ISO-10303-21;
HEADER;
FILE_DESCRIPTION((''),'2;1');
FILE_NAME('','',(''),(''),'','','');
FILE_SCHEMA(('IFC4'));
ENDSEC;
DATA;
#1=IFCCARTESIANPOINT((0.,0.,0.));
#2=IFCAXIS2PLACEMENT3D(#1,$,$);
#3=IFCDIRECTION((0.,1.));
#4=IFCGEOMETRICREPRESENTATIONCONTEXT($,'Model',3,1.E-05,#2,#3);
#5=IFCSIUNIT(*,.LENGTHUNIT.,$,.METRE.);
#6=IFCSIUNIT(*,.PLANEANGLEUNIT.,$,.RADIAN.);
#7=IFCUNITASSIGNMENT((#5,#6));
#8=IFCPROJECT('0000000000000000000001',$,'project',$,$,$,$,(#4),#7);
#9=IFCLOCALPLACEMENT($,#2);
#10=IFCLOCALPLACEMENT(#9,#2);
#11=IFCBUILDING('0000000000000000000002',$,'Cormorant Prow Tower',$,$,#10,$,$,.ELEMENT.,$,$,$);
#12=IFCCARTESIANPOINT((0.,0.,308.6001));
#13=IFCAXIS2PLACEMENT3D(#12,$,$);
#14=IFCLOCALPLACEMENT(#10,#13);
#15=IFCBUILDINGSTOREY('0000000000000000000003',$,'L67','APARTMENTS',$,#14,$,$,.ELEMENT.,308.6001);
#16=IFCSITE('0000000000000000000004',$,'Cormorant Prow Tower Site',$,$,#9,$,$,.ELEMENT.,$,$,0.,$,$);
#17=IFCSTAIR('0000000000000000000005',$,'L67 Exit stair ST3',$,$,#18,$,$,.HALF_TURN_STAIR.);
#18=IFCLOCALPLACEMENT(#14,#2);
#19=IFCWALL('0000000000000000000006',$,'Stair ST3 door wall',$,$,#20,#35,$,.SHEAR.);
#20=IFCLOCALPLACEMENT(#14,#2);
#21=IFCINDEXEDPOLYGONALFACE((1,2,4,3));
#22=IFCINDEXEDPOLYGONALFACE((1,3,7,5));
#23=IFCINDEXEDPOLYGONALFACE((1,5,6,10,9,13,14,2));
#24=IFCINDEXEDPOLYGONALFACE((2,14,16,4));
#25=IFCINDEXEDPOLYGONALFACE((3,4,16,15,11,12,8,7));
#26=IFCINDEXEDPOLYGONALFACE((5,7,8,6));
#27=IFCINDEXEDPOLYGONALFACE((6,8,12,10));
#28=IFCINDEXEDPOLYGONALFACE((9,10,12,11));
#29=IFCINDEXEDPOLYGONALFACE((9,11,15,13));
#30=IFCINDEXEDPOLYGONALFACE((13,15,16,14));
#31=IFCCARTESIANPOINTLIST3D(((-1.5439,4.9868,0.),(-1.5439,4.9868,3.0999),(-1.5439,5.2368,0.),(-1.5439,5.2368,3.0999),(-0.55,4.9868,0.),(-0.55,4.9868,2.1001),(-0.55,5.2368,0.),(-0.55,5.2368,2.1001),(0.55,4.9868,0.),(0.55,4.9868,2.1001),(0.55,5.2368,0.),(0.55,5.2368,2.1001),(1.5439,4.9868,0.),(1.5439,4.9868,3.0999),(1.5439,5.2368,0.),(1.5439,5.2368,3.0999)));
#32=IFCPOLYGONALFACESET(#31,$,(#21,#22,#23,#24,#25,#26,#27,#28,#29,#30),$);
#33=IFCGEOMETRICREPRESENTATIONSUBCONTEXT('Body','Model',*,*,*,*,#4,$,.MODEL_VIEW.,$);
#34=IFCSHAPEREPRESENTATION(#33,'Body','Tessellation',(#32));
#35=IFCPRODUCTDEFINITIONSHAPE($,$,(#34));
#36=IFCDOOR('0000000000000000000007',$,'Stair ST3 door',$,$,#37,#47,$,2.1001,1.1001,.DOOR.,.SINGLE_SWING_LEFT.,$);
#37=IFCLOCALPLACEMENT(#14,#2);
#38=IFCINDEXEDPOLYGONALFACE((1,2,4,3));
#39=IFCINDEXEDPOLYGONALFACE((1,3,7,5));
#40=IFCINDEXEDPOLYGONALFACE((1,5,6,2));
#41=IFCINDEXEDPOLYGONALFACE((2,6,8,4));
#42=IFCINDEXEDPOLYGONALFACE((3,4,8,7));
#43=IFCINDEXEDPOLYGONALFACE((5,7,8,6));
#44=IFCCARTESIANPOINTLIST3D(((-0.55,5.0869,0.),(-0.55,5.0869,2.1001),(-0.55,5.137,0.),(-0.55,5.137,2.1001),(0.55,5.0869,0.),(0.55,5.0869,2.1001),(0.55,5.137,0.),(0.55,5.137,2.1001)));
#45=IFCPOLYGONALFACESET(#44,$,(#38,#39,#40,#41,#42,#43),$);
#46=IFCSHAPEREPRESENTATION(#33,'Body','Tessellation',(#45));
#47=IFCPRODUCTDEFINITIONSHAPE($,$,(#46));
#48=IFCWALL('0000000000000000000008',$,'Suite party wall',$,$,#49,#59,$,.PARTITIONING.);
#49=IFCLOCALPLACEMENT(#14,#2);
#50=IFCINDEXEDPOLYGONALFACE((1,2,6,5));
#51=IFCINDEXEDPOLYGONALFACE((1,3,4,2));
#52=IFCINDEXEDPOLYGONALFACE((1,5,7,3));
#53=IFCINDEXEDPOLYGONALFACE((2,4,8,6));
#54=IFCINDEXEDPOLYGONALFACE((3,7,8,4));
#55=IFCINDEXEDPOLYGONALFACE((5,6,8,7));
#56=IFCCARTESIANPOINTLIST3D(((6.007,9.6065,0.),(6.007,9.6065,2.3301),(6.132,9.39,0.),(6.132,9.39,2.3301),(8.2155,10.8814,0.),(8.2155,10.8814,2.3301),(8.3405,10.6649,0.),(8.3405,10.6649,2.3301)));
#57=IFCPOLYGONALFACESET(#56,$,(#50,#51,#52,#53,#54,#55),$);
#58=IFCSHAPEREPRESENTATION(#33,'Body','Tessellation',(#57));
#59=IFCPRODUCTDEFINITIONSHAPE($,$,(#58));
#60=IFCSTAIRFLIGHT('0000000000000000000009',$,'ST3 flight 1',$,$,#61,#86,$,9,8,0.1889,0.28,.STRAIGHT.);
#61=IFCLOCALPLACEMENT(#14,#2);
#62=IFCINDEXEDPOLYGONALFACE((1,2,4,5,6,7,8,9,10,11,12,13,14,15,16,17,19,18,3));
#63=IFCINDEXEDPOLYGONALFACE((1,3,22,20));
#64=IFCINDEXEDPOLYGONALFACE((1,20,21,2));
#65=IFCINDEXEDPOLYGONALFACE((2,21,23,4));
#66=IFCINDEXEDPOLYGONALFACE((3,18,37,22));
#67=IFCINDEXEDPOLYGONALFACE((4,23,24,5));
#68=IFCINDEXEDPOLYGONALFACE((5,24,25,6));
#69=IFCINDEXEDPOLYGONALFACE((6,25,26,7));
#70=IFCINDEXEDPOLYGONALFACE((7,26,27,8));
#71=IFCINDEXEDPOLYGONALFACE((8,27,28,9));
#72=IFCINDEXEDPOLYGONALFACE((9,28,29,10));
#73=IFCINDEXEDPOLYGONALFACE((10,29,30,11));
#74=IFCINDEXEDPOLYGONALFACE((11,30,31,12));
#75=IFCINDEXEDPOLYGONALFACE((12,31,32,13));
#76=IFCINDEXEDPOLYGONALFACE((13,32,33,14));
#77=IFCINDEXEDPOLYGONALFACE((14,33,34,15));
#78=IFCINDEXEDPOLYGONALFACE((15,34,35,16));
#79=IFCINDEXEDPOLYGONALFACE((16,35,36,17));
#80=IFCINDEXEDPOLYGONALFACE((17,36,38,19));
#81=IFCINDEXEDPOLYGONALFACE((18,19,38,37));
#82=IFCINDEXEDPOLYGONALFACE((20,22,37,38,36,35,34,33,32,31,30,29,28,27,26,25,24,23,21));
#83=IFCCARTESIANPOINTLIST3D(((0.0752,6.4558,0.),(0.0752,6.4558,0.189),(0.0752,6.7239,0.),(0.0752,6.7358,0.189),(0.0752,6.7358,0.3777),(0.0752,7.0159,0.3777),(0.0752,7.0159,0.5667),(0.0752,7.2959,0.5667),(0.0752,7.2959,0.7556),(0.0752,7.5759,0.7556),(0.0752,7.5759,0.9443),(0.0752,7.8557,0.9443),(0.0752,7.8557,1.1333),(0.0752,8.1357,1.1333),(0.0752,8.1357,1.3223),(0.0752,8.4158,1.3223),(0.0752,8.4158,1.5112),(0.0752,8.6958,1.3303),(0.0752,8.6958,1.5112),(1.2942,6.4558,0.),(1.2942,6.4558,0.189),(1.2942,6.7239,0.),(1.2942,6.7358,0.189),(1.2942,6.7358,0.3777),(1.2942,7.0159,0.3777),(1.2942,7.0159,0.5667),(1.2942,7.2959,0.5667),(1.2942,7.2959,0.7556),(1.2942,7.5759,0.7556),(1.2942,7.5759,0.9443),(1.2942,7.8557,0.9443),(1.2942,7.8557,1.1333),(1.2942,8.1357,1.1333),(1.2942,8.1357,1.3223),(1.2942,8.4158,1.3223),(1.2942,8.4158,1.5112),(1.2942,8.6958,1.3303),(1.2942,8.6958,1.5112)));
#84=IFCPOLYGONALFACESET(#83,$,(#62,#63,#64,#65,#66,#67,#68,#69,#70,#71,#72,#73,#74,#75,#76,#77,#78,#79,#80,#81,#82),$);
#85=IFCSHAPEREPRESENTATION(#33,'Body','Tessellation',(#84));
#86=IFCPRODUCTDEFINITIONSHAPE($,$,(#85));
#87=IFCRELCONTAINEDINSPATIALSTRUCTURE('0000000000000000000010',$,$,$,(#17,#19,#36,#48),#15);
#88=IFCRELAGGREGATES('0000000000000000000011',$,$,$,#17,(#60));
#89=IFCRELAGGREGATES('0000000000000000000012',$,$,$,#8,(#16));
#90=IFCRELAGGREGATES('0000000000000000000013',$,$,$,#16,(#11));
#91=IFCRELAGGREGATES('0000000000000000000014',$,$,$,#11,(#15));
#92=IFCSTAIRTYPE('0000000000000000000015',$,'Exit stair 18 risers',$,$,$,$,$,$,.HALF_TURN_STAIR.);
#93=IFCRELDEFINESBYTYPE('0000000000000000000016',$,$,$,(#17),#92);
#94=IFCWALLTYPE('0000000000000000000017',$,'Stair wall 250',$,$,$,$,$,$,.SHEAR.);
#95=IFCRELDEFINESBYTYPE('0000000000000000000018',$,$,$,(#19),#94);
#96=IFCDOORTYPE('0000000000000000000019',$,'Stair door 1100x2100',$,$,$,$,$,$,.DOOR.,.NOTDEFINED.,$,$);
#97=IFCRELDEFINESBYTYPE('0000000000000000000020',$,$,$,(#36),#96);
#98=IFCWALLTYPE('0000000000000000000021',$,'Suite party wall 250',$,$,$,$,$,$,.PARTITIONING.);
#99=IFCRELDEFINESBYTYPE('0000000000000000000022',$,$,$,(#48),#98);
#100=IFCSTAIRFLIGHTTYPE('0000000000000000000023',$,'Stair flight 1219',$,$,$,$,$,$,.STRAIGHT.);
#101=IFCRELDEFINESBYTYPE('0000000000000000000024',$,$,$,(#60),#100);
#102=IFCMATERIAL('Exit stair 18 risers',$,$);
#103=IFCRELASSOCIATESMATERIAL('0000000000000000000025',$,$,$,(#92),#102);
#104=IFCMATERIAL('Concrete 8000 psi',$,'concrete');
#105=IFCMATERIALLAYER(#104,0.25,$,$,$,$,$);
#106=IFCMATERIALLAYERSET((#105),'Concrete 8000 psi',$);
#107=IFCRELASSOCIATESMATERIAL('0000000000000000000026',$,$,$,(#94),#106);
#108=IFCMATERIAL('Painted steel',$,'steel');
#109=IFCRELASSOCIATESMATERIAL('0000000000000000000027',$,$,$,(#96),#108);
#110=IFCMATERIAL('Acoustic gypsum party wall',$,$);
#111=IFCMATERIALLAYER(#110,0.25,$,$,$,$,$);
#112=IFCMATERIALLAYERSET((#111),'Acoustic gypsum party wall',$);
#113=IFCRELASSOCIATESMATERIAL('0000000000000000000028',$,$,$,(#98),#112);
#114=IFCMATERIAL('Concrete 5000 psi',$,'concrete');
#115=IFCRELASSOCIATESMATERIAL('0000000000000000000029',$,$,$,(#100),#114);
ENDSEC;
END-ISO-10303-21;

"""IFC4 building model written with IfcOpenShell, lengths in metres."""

from ifc_helpers import new_model, si_unit, direction, frame, frame_2d, origin, place, context, subcontext, project, spatial, polyline, rectangle, outline, extrude, material, layer, layer_set, type_object, element, fill, aggregate, save


model = new_model("IFC4")

# Units and contexts
model_context = context("Model", 3, precision=1e-05, world=origin(), true_north=direction((0.0, 1.0)))
body_context = subcontext(model_context, "Body", "Model", "MODEL_VIEW")
ifc_project = project(units=[si_unit("LENGTHUNIT", "METRE"), si_unit("PLANEANGLEUNIT", "RADIAN")], contexts=[model_context])

# Site, building, storey
site_placement = place(None, origin())
site = spatial("IfcSite", under=ifc_project, at=site_placement, Name="Cormorant Prow Tower Site", CompositionType="ELEMENT", RefElevation=0.0)
building_placement = place(site_placement, origin())
building = spatial("IfcBuilding", under=site, at=building_placement, Name="Cormorant Prow Tower", CompositionType="ELEMENT")
storey_placement = place(building_placement, frame((0.0, 0.0, 308.6001)))
storey = spatial("IfcBuildingStorey", under=building, at=storey_placement, Name="L67", Description="APARTMENTS", CompositionType="ELEMENT", Elevation=308.6001)

# Stair
ifc_material_1 = material(Name="Exit stair 18 risers")
stair_type = type_object("IfcStairType", Name="Exit stair 18 risers", PredefinedType="HALF_TURN_STAIR", material=ifc_material_1)
stair_1_placement = place(storey_placement, origin())
stair_1 = element("IfcStair", 1, at=stair_1_placement, inside=storey, type_object=stair_type, Name="L67 Exit stair ST3", PredefinedType="HALF_TURN_STAIR")

# Wall, opening, door
ifc_material_2 = material(Name="Concrete 8000 psi", Category="concrete")
ifc_layer_1 = layer(ifc_material_2, 0.25)
ifc_layer_set_1 = layer_set([ifc_layer_1], Name="Concrete 8000 psi")
wall_type_1 = type_object("IfcWallType", Name="Stair wall 250", PredefinedType="SHEAR", material=ifc_layer_set_1)
wall_1_placement = place(storey_placement, frame((1.5439, 5.1118, 0.0), z_axis=(0.0, 0.0, 1.0), x_axis=(-1.0, 0.0, 0.0)))
wall_1 = element("IfcWall", 2, at=wall_1_placement, inside=storey, type_object=wall_type_1, Name="Stair ST3 door wall", PredefinedType="SHEAR", context=body_context, shape_type="SweptSolid", body=[
    extrude(rectangle(XDim=3.0879, YDim=0.25, at=frame_2d((1.5439, 0.0))), origin(), (0.0, 0.0, 1.0), 3.0999),
])
opening_1_placement = place(wall_1_placement, frame((0.9939, 0.0, 0.0)))
opening_1 = element("IfcOpeningElement", 3, at=opening_1_placement, cuts=wall_1, PredefinedType="OPENING", context=body_context, shape_type="SweptSolid", body=[
    extrude(rectangle(XDim=1.1001, YDim=2.1001, at=frame_2d((0.55, 1.05))), frame((0.0, 0.135, 0.0), z_axis=(0.0, -1.0, 0.0), x_axis=(1.0, 0.0, 0.0)), (0.0, 0.0, 1.0), 0.27),
])
ifc_material_3 = material(Name="Painted steel", Category="steel")
door_type_1 = type_object("IfcDoorType", Name="Stair door 1100x2100", OperationType="NOTDEFINED", PredefinedType="DOOR", material=ifc_material_3)
door_1_placement = place(opening_1_placement, origin())
door_1 = element("IfcDoor", 4, at=door_1_placement, inside=storey, type_object=door_type_1, Name="Stair ST3 door", OperationType="SINGLE_SWING_LEFT", OverallHeight=2.1001, OverallWidth=1.1001, PredefinedType="DOOR", context=body_context, shape_type="SweptSolid", body=[
    extrude(rectangle(XDim=1.1001, YDim=2.1001, at=frame_2d((0.55, 1.05))), frame((0.0, 0.0249, 0.0), z_axis=(0.0, -1.0, 0.0), x_axis=(1.0, 0.0, 0.0)), (0.0, 0.0, 1.0), 0.05),
])
fill(opening_1, door_1)

# Wall
ifc_material_4 = material(Name="Acoustic gypsum party wall")
ifc_layer_2 = layer(ifc_material_4, 0.25)
ifc_layer_set_2 = layer_set([ifc_layer_2], Name="Acoustic gypsum party wall")
wall_type_2 = type_object("IfcWallType", Name="Suite party wall 250", PredefinedType="PARTITIONING", material=ifc_layer_set_2)
wall_2_placement = place(storey_placement, frame((6.0696, 9.4983, 0.0), z_axis=(0.0, 0.0, 1.0), x_axis=(0.866055, 0.499949, 0.0)))
element("IfcWall", 5, at=wall_2_placement, inside=storey, type_object=wall_type_2, Name="Suite party wall", PredefinedType="PARTITIONING", context=body_context, shape_type="SweptSolid", body=[
    extrude(rectangle(XDim=2.55, YDim=0.25, at=frame_2d((1.2749, 0.0))), origin(), (0.0, 0.0, 1.0), 2.3301),
])

# Stair flight
ifc_material_5 = material(Name="Concrete 5000 psi", Category="concrete")
stair_flight_type = type_object("IfcStairFlightType", Name="Stair flight 1219", PredefinedType="STRAIGHT", material=ifc_material_5)
stair_flight_placement = place(storey_placement, frame((0.6846, 6.4558, 0.0), z_axis=(0.0, 0.0, 1.0), x_axis=(0.0, 1.0, 0.0)))
stair_flight = element("IfcStairFlight", 6, at=stair_flight_placement, type_object=stair_flight_type, Name="ST3 flight 1", NumberOfRisers=9, NumberOfTreads=8, PredefinedType="STRAIGHT", RiserHeight=0.1889, TreadLength=0.28, context=body_context, shape_type="SweptSolid", body=[
    extrude(outline(polyline([(0.0, 0.0), (0.0, 0.189), (0.28, 0.189), (0.28, 0.3777), (0.5601, 0.3777), (0.5601, 0.5667), (0.8401, 0.5667), (0.8401, 0.7556), (1.1201, 0.7556), (1.1201, 0.9443), (1.3999, 0.9443), (1.3999, 1.1333), (1.6799, 1.1333), (1.6799, 1.3223), (1.96, 1.3223), (1.96, 1.5112), (2.24, 1.5112), (2.24, 1.7), (2.24, 1.3303), (0.2681, 0.0), (0.0, 0.0)])), frame((0.0, 0.6094, 0.0), z_axis=(0.0, -1.0, 0.0), x_axis=(1.0, 0.0, 0.0)), (0.0, 0.0, 1.0), 1.219),
])
aggregate(stair_1, [stair_flight])

save(model, "model.ifc")
